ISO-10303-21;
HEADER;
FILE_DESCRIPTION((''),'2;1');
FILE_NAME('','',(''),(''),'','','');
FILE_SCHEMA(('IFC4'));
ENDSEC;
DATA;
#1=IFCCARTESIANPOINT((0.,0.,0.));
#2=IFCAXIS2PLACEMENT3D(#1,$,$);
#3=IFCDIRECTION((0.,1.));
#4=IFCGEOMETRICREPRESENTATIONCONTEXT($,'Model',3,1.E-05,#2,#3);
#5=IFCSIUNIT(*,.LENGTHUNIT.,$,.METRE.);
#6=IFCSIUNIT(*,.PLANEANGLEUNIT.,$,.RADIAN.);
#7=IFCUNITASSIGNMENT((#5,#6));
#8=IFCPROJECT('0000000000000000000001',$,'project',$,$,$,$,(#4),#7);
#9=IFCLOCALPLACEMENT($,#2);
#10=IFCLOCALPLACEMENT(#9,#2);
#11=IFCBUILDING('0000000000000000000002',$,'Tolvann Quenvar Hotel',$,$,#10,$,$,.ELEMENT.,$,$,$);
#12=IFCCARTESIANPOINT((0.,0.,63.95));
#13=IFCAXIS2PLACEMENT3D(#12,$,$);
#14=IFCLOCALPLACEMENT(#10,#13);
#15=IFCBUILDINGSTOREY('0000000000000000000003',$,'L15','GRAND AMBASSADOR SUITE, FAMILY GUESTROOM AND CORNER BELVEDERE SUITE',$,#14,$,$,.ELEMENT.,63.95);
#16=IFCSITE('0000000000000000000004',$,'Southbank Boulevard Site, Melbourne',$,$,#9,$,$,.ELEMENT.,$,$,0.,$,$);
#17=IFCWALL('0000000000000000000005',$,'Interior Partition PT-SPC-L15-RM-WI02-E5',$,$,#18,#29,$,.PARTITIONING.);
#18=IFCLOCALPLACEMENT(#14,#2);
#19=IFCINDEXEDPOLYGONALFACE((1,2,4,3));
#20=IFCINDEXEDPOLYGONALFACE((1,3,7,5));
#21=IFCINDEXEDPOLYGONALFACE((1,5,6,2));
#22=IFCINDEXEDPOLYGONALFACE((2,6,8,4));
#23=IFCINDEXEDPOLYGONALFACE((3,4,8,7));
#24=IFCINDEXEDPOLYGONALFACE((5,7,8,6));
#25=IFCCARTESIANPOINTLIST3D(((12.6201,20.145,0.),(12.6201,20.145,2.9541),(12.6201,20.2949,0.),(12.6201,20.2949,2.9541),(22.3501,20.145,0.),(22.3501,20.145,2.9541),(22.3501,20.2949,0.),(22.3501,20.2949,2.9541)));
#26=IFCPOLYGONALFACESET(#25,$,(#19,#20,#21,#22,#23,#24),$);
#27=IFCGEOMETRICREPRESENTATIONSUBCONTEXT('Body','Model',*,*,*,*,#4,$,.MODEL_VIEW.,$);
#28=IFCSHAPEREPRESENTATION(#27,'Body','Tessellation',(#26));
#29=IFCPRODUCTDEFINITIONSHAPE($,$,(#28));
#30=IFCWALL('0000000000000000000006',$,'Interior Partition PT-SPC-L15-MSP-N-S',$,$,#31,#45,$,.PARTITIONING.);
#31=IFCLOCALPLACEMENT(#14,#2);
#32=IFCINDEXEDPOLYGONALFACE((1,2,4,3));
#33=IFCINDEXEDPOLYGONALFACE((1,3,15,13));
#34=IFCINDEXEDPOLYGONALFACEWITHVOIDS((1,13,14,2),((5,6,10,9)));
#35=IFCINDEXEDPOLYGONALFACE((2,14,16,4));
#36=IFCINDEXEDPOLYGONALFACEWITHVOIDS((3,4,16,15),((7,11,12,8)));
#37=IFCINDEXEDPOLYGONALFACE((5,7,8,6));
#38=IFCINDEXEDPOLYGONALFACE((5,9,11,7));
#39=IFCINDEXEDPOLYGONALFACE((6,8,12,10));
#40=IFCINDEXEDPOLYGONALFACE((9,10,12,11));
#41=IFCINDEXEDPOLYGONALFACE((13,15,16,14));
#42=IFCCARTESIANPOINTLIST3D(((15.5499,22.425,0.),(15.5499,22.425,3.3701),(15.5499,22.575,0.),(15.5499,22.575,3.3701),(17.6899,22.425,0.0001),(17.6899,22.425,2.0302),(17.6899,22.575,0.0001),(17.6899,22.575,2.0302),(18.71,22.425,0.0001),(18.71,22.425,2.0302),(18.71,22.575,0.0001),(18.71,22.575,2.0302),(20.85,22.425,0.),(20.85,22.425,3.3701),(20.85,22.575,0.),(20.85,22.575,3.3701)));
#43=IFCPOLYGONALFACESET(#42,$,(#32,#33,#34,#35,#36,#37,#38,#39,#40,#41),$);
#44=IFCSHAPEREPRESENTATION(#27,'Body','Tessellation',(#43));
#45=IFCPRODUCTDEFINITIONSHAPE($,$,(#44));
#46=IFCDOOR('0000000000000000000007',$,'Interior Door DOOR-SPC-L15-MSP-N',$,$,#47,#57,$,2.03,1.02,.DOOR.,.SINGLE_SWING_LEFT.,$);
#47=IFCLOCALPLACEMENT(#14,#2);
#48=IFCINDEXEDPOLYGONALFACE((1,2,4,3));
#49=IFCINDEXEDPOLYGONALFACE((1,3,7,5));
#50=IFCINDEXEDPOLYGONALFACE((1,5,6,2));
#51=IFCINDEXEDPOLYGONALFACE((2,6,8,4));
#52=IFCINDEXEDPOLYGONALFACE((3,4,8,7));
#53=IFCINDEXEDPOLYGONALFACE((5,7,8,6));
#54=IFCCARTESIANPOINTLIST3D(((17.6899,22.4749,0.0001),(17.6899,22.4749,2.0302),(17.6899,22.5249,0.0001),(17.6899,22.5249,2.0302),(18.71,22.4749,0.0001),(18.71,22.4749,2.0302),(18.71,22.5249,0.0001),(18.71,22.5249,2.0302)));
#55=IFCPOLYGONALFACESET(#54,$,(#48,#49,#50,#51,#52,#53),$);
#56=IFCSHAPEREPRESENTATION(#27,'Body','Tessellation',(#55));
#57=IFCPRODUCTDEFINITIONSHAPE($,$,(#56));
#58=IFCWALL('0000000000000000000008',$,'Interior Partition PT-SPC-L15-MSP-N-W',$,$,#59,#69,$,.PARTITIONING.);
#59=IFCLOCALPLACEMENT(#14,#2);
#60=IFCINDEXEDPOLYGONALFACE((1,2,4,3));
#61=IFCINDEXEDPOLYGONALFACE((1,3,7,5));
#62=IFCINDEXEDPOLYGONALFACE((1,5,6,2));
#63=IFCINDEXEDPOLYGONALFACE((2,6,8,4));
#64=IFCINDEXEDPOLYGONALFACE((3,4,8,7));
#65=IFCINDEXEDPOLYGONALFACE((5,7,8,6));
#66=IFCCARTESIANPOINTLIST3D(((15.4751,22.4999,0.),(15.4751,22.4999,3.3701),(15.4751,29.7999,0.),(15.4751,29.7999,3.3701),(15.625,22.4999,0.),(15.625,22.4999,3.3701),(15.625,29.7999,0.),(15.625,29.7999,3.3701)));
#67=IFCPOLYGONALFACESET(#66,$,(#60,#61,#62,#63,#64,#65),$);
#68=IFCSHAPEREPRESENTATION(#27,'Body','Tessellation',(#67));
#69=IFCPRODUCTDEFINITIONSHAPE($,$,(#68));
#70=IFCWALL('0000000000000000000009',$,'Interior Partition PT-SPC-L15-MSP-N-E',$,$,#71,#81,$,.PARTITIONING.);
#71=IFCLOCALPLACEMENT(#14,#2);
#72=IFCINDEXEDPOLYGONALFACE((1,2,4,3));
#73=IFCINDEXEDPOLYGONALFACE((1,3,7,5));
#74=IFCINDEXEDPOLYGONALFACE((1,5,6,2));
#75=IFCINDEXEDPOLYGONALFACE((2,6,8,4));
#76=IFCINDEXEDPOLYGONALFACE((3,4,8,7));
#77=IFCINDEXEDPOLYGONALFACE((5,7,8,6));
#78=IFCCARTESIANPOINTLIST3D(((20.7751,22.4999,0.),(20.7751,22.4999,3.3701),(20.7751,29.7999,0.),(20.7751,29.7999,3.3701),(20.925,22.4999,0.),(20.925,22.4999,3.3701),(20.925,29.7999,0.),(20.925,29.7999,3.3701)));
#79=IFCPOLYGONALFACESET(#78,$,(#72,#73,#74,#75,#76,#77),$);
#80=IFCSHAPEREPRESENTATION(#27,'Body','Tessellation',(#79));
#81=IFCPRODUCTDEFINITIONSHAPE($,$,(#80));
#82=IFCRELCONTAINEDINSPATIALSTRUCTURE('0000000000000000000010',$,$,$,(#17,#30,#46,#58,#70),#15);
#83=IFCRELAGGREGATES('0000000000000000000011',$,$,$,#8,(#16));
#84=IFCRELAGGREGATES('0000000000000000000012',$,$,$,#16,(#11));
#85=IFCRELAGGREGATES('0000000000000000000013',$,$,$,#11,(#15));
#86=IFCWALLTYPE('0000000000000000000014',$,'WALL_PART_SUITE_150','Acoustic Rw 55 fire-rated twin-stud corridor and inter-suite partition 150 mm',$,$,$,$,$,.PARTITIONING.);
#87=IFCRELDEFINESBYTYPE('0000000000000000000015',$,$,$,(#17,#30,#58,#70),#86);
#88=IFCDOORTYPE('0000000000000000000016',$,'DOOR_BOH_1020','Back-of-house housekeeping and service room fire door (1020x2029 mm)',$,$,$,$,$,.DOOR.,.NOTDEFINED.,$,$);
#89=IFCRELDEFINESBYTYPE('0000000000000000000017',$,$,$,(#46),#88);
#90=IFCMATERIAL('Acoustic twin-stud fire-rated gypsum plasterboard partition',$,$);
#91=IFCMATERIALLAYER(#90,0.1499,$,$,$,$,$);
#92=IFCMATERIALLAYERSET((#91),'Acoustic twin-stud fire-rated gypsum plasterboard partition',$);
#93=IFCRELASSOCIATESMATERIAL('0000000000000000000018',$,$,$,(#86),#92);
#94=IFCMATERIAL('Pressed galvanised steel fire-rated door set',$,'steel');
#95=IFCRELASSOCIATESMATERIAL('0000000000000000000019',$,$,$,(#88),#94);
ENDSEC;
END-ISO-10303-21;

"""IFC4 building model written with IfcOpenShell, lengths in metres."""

from ifc_helpers import new_model, si_unit, direction, frame, frame_2d, origin, place, context, subcontext, project, spatial, rectangle, extrude, source, transform, mapped, material, layer, layer_set, type_object, type_shapes, element, fill, save


model = new_model("IFC4")

# Units and contexts
model_context = context("Model", 3, precision=1e-05, world=origin(), true_north=direction((0.0, 1.0)))
body_context = subcontext(model_context, "Body", "Model", "MODEL_VIEW")
ifc_project = project(units=[si_unit("LENGTHUNIT", "METRE"), si_unit("PLANEANGLEUNIT", "RADIAN")], contexts=[model_context])

# Site, building, storey
site_placement = place(None, origin())
site = spatial("IfcSite", under=ifc_project, at=site_placement, Name="Southbank Boulevard Site, Melbourne", CompositionType="ELEMENT", RefElevation=0.0)
building_placement = place(site_placement, origin())
building = spatial("IfcBuilding", under=site, at=building_placement, Name="Tolvann Quenvar Hotel", CompositionType="ELEMENT")
storey_placement = place(building_placement, frame((0.0, 0.0, 63.95)))
storey = spatial("IfcBuildingStorey", under=building, at=storey_placement, Name="L15", Description="GRAND AMBASSADOR SUITE, FAMILY GUESTROOM AND CORNER BELVEDERE SUITE", CompositionType="ELEMENT", Elevation=63.95)

# Shared definitions
ifc_material_1 = material(Name="Acoustic twin-stud fire-rated gypsum plasterboard partition")

# Shared definitions
ifc_layer_1 = layer(ifc_material_1, 0.1499)
ifc_layer_set_1 = layer_set([ifc_layer_1], Name="Acoustic twin-stud fire-rated gypsum plasterboard partition")
wall_type_1 = type_object("IfcWallType", Name="WALL_PART_SUITE_150", Description="Acoustic Rw 55 fire-rated twin-stud corridor and inter-suite partition 150 mm", PredefinedType="PARTITIONING", material=ifc_layer_set_1)

# Wall
wall_1_placement = place(storey_placement, frame((12.6201, 20.22, 0.0), z_axis=(0.0, 0.0, 1.0), x_axis=(1.0, 0.0, 0.0)))
element("IfcWall", 1, at=wall_1_placement, inside=storey, type_object=wall_type_1, Name="Interior Partition PT-SPC-L15-RM-WI02-E5", PredefinedType="PARTITIONING", context=body_context, shape_type="SweptSolid", body=[
    extrude(rectangle(XDim=9.73, YDim=0.1499, at=frame_2d((4.865, 0.0))), origin(), (0.0, 0.0, 1.0), 2.9541),
])

# Wall, opening, door
wall_2_placement = place(storey_placement, frame((15.55, 22.5, 0.0), z_axis=(0.0, 0.0, 1.0), x_axis=(1.0, 0.0, 0.0)))
wall_2 = element("IfcWall", 2, at=wall_2_placement, inside=storey, type_object=wall_type_1, Name="Interior Partition PT-SPC-L15-MSP-N-S", PredefinedType="PARTITIONING", context=body_context, shape_type="SweptSolid", body=[
    extrude(rectangle(XDim=5.3, YDim=0.1499, at=frame_2d((2.6499, 0.0))), origin(), (0.0, 0.0, 1.0), 3.3701),
])
opening_1_placement = place(wall_2_placement, frame((2.1399, 0.0, 0.0)))
opening_1 = element("IfcOpeningElement", 3, at=opening_1_placement, cuts=wall_2, PredefinedType="OPENING", context=body_context, shape_type="SweptSolid", body=[
    extrude(rectangle(XDim=1.02, YDim=2.03, at=frame_2d((0.51, 1.0151))), frame((0.0, 0.085, 0.0), z_axis=(0.0, -1.0, 0.0), x_axis=(1.0, 0.0, 0.0)), (0.0, 0.0, 1.0), 0.1699),
])
ifc_material_2 = material(Name="Pressed galvanised steel fire-rated door set", Category="steel")
door_type_1 = type_object("IfcDoorType", Name="DOOR_BOH_1020", Description="Back-of-house housekeeping and service room fire door (1020x2029 mm)", OperationType="NOTDEFINED", PredefinedType="DOOR", material=ifc_material_2)
shared_shape_1 = source(origin(), body_context, "Body", "SweptSolid", [
    extrude(rectangle(XDim=1.02, YDim=2.03, at=frame_2d((0.51, 1.0151))), frame((0.0, 0.0249, 0.0), z_axis=(0.0, -1.0, 0.0), x_axis=(1.0, 0.0, 0.0)), (0.0, 0.0, 1.0), 0.05),
])
type_shapes(door_type_1, [shared_shape_1])
door_1_placement = place(opening_1_placement, origin())
door_1 = element("IfcDoor", 4, at=door_1_placement, inside=storey, type_object=door_type_1, Name="Interior Door DOOR-SPC-L15-MSP-N", OperationType="SINGLE_SWING_LEFT", OverallHeight=2.03, OverallWidth=1.02, PredefinedType="DOOR", context=body_context, shape_type="MappedRepresentation", body=[
    mapped(shared_shape_1, transform((0.0, 0.0, 0.0), x_axis=(1.0, 0.0, 0.0), y_axis=(0.0, 1.0, 0.0), z_axis=(0.0, 0.0, 1.0), scale=1.0)),
])
fill(opening_1, door_1)

# Walls
for number, where, z_axis, x_axis, name in (
    (5, (15.55, 22.5, 0.0), (0.0, 0.0, 1.0), (0.0, 1.0, 0.0), "Interior Partition PT-SPC-L15-MSP-N-W"),
    (6, (20.8501, 22.5, 0.0), (0.0, 0.0, 1.0), (0.0, 1.0, 0.0), "Interior Partition PT-SPC-L15-MSP-N-E"),
):
    element("IfcWall", number, at=place(storey_placement, frame(where, z_axis=z_axis, x_axis=x_axis)), inside=storey, type_object=wall_type_1, Name=name, PredefinedType="PARTITIONING", context=body_context, shape_type="SweptSolid", body=[
        extrude(rectangle(XDim=7.3, YDim=0.1499, at=frame_2d((3.6499, 0.0))), origin(), (0.0, 0.0, 1.0), 3.3701),
    ])

save(model, "model.ifc")
